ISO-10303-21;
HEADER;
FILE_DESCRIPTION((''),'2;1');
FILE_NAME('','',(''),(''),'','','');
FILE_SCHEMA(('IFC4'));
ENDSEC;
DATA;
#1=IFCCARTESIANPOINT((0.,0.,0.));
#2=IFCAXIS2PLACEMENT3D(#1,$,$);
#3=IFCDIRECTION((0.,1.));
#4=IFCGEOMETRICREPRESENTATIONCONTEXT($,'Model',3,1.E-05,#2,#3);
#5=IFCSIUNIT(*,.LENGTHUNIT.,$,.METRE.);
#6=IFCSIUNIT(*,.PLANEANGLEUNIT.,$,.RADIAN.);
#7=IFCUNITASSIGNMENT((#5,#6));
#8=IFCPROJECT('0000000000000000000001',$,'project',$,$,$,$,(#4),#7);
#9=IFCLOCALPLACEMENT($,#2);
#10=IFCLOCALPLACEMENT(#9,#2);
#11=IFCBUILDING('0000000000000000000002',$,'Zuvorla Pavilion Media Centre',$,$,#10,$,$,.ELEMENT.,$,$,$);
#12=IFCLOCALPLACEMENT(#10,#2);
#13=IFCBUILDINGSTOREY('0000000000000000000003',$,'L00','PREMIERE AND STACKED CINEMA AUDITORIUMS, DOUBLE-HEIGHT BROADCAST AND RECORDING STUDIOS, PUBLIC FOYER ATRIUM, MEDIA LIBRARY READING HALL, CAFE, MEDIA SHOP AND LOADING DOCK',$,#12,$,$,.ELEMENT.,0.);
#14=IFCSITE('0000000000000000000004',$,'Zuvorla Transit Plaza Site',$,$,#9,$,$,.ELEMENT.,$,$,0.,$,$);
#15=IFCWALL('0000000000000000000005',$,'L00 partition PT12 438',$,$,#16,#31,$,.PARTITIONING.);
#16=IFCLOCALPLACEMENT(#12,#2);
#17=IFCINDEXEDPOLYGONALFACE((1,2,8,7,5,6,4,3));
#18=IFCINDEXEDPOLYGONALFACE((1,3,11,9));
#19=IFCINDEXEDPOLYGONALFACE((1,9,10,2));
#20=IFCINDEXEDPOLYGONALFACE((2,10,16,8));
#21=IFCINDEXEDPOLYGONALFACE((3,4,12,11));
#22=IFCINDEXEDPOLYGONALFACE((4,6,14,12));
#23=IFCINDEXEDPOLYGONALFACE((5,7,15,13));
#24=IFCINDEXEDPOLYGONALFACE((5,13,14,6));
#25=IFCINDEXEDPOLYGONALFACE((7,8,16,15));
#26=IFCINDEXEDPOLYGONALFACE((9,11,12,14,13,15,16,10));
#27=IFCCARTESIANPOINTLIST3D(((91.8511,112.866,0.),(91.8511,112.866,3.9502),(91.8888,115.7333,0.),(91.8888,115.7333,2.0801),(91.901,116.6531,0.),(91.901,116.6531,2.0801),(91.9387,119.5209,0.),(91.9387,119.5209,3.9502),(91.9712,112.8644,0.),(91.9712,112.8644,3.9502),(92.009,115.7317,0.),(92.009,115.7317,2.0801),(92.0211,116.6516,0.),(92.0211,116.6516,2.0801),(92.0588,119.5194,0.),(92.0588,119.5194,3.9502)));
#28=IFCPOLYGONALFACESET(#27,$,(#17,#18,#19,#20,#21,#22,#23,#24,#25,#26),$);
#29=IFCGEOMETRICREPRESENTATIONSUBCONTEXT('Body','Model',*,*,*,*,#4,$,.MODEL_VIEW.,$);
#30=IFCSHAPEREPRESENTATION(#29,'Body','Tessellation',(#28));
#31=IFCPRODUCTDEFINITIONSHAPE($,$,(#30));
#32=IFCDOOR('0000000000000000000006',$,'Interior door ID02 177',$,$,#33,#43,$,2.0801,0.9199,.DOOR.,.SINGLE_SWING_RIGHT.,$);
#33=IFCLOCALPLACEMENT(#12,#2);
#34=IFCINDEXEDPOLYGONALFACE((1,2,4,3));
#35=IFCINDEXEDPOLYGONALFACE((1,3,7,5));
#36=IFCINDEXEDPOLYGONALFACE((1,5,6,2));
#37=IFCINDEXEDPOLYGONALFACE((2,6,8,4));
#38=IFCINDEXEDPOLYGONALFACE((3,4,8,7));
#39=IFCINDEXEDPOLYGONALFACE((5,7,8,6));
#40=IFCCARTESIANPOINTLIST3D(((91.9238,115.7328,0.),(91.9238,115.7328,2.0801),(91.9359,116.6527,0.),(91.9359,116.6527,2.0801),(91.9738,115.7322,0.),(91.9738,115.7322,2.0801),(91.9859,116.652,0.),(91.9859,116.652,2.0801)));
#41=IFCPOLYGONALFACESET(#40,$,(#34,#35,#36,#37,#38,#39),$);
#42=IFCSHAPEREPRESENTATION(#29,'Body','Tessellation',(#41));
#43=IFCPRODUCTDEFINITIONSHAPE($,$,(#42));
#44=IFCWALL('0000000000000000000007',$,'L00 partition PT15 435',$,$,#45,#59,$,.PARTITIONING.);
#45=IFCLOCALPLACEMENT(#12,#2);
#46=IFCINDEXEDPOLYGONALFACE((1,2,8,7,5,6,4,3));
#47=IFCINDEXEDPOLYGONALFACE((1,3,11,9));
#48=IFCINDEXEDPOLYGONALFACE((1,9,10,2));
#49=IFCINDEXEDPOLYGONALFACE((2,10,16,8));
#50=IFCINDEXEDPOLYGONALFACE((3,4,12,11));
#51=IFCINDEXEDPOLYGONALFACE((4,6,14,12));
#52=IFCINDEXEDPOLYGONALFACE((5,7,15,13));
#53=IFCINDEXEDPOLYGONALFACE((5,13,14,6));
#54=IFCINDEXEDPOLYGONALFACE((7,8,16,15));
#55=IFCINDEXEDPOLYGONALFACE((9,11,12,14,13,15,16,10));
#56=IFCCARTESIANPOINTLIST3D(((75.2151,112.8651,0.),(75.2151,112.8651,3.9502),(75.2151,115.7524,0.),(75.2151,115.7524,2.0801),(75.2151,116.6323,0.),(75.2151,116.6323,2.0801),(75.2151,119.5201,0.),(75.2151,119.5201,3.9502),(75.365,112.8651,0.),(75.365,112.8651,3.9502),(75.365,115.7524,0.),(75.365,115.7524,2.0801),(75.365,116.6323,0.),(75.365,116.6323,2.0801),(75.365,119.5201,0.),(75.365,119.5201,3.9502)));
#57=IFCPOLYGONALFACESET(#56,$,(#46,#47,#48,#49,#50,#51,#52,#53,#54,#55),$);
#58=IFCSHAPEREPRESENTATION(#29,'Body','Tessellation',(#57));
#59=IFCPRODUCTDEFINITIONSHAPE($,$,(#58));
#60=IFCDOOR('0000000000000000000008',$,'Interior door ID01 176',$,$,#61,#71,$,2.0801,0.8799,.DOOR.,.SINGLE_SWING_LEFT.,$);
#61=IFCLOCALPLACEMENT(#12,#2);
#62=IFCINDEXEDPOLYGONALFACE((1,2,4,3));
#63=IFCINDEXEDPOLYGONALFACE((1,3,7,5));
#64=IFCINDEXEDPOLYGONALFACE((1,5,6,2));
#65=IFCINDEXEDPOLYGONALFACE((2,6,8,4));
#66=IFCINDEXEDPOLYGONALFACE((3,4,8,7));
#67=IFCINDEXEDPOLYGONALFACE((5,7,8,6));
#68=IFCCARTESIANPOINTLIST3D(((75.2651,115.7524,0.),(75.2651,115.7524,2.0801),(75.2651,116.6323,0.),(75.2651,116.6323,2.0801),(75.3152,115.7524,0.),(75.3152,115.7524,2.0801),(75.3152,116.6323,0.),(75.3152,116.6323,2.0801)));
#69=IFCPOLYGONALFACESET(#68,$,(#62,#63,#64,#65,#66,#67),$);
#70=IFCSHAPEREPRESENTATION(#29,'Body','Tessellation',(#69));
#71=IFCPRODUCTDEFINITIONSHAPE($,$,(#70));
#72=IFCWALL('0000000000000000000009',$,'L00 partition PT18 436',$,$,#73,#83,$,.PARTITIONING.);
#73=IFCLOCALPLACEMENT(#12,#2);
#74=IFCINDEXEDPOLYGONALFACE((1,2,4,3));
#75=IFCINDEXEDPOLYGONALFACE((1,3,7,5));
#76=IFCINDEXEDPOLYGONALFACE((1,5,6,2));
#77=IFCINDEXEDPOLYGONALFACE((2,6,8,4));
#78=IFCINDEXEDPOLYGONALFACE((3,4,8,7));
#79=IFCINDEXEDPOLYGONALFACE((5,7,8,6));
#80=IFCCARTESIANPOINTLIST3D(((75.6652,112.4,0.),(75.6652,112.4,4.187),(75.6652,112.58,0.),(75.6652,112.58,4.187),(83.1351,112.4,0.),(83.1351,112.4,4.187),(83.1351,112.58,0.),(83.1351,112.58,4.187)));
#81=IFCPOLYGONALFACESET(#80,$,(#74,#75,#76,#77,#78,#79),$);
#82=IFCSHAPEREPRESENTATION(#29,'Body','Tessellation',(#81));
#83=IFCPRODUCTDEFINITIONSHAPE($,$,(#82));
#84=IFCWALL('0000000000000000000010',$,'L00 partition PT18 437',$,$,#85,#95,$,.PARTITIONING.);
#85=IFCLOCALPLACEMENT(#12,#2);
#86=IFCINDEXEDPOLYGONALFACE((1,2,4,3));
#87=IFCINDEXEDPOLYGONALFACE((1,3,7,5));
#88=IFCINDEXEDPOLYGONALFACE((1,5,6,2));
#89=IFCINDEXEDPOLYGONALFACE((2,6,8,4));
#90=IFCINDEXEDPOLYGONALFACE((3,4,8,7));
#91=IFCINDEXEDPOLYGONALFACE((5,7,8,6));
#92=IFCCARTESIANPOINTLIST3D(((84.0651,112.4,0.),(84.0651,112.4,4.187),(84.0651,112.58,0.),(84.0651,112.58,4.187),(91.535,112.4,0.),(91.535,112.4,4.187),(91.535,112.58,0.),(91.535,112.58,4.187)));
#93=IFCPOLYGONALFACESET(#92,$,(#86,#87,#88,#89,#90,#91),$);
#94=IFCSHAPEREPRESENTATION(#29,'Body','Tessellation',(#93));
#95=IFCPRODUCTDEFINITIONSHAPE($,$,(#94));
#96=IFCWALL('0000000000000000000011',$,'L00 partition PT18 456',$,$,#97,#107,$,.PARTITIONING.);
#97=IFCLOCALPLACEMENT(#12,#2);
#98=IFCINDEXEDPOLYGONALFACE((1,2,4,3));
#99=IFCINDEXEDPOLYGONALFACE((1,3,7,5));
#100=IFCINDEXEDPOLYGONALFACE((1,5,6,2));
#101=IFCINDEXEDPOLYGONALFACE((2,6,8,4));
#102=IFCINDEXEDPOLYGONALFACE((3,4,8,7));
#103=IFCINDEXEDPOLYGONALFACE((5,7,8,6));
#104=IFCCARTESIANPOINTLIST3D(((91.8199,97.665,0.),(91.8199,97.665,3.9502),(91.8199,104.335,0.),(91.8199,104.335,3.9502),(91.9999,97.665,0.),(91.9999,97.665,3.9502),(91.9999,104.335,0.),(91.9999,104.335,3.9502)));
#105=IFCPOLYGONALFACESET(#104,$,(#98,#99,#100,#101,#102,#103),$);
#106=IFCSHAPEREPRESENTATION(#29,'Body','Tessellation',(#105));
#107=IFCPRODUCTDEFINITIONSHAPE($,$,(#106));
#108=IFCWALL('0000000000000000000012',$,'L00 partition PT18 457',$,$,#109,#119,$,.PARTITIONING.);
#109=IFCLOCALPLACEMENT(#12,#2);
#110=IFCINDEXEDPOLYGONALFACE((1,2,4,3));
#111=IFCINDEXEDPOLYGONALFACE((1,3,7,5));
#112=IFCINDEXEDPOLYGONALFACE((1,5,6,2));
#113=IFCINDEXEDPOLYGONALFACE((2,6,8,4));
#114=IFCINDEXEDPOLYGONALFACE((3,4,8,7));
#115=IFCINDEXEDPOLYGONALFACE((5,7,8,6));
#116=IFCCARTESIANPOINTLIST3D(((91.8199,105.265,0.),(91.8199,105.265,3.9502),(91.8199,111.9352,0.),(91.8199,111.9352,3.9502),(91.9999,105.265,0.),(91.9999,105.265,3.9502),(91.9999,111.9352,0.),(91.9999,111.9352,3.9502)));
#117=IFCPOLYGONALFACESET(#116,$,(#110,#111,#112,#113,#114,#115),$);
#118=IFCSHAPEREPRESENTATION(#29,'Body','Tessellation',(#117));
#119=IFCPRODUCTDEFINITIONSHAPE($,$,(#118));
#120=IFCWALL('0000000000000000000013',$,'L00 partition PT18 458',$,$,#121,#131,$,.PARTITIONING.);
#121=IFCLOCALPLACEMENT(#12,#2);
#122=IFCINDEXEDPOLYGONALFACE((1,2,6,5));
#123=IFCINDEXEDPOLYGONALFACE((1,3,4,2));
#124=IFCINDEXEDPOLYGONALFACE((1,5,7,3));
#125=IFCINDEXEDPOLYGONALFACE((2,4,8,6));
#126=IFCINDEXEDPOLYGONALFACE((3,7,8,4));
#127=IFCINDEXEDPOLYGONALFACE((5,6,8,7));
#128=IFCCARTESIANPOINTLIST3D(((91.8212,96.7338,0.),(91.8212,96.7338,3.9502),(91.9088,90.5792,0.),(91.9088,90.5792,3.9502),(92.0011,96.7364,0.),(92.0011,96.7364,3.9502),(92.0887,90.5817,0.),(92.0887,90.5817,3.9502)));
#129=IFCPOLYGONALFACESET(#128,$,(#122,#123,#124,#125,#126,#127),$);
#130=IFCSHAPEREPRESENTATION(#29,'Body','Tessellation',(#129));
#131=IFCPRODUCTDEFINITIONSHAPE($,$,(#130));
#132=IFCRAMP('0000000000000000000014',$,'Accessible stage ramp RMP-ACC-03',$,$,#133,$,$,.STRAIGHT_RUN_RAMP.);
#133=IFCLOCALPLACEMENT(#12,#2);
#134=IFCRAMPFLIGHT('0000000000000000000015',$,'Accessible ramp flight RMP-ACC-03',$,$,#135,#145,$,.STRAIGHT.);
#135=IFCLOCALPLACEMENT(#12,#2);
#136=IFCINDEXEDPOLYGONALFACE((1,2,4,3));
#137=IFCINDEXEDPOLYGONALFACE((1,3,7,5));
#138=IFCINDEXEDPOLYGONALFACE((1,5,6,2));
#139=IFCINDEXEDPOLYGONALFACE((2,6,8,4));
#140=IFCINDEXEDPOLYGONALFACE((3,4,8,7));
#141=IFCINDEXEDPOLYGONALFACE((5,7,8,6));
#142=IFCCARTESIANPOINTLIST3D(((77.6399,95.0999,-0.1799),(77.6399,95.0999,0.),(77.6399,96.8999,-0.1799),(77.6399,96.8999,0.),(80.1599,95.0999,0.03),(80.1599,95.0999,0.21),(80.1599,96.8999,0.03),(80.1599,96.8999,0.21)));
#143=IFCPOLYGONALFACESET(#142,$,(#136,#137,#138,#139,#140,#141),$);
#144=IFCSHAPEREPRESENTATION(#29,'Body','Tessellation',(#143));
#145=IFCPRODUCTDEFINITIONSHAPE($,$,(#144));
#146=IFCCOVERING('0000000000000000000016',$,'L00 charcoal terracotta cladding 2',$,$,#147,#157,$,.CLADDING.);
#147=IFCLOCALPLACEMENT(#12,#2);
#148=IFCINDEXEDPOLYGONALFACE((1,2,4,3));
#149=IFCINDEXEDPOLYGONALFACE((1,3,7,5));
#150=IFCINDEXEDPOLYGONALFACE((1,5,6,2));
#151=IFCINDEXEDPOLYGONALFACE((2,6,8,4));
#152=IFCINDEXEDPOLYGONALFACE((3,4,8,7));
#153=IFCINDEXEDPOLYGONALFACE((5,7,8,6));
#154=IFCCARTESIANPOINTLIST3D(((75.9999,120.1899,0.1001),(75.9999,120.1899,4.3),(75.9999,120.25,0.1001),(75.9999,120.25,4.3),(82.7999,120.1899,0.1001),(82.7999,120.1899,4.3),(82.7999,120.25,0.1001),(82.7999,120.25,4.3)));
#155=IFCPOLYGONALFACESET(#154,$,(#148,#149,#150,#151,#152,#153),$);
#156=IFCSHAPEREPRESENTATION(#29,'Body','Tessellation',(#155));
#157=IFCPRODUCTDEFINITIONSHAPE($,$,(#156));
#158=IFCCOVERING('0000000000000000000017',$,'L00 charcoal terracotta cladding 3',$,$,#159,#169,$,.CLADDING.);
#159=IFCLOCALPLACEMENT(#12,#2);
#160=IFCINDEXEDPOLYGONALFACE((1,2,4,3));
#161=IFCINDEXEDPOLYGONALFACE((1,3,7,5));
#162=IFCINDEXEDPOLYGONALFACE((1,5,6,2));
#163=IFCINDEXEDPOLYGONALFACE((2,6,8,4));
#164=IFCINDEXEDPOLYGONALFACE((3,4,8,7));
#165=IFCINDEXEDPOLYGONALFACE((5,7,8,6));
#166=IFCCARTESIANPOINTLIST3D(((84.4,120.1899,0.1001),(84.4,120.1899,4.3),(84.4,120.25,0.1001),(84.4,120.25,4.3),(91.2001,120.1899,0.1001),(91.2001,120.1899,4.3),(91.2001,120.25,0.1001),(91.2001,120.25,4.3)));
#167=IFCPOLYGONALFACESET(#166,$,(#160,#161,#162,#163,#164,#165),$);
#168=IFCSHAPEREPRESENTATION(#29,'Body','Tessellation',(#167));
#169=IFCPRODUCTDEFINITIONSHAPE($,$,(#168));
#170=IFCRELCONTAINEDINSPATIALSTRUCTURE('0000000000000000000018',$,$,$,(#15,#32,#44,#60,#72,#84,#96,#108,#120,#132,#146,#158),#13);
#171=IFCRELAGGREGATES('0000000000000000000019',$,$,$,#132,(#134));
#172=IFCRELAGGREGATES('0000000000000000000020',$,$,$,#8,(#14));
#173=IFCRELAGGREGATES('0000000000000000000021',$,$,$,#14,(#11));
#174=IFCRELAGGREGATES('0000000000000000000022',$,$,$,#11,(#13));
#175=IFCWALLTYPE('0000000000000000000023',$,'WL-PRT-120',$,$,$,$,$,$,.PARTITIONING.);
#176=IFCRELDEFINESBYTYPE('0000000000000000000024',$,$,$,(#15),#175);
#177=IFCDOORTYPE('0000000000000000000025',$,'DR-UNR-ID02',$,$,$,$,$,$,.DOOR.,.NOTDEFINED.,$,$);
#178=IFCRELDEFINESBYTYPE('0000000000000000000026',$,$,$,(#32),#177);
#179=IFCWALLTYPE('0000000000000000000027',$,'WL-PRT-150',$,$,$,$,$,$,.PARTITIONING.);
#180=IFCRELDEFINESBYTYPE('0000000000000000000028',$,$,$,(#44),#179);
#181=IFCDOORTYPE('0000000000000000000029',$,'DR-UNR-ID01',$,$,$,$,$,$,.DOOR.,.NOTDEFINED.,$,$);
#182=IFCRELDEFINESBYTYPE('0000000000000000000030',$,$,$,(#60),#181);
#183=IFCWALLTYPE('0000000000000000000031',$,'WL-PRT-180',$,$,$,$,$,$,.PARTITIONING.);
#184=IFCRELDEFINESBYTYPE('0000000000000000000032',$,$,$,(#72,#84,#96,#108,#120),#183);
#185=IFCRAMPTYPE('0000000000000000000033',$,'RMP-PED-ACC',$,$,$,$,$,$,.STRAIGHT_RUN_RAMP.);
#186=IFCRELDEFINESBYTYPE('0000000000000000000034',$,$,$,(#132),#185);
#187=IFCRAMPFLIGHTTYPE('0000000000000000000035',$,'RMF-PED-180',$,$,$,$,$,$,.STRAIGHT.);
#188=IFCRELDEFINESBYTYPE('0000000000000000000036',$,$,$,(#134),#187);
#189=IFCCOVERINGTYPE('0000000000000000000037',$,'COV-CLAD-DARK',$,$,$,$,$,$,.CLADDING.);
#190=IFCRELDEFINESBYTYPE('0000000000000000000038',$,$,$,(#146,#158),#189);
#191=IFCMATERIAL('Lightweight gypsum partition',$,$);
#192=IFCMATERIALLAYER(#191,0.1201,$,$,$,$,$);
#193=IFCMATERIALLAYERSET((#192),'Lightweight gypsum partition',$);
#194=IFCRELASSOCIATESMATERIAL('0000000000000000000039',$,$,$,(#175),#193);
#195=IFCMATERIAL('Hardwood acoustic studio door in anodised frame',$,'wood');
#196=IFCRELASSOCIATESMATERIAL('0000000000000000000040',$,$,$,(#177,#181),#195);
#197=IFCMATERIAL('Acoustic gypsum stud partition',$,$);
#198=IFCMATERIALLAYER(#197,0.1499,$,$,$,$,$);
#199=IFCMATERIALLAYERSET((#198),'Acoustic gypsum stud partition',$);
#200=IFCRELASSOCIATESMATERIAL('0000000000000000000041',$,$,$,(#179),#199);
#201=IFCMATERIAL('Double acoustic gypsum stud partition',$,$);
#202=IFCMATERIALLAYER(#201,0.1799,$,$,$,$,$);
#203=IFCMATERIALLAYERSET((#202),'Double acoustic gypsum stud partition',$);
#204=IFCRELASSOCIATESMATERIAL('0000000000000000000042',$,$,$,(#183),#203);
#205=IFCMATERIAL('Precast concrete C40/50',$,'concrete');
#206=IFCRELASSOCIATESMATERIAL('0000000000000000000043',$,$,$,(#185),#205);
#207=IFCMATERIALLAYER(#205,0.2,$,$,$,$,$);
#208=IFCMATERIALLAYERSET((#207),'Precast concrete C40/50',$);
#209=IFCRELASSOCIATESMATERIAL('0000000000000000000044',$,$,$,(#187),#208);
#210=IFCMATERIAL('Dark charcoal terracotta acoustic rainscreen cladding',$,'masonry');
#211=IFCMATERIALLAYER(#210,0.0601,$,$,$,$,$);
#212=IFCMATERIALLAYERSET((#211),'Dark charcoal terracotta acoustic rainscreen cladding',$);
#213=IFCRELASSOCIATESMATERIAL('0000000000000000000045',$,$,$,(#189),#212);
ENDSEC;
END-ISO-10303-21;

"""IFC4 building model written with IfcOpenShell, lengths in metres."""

from ifc_helpers import new_model, si_unit, direction, frame, frame_2d, origin, origin_2d, place, context, subcontext, project, spatial, polyline, rectangle, outline, extrude, material, layer, layer_set, type_object, element, fill, aggregate, save


model = new_model("IFC4")

# Units and contexts
model_context = context("Model", 3, precision=1e-05, world=origin(), true_north=direction((0.0, 1.0)))
body_context = subcontext(model_context, "Body", "Model", "MODEL_VIEW")
ifc_project = project(units=[si_unit("LENGTHUNIT", "METRE"), si_unit("PLANEANGLEUNIT", "RADIAN")], contexts=[model_context])

# Site, building, storey
site_placement = place(None, origin())
site = spatial("IfcSite", under=ifc_project, at=site_placement, Name="Zuvorla Transit Plaza Site", CompositionType="ELEMENT", RefElevation=0.0)
building_placement = place(site_placement, origin())
building = spatial("IfcBuilding", under=site, at=building_placement, Name="Zuvorla Pavilion Media Centre", CompositionType="ELEMENT")
storey_placement = place(building_placement, origin())
storey = spatial("IfcBuildingStorey", under=building, at=storey_placement, Name="L00", Description="PREMIERE AND STACKED CINEMA AUDITORIUMS, DOUBLE-HEIGHT BROADCAST AND RECORDING STUDIOS, PUBLIC FOYER ATRIUM, MEDIA LIBRARY READING HALL, CAFE, MEDIA SHOP AND LOADING DOCK", CompositionType="ELEMENT", Elevation=0.0)

# Walls, openings, doors
ifc_material_1 = material(Name="Lightweight gypsum partition")
ifc_layer_1 = layer(ifc_material_1, 0.1201)
ifc_layer_set_1 = layer_set([ifc_layer_1], Name="Lightweight gypsum partition")
wall_type_1 = type_object("IfcWallType", Name="WL-PRT-120", PredefinedType="PARTITIONING", material=ifc_layer_set_1)
wall_1_placement = place(storey_placement, frame((91.9988, 119.52, 0.0), z_axis=(0.0, 0.0, 1.0), x_axis=(-0.013169, -0.999913, 0.0)))
wall_1 = element("IfcWall", 1, at=wall_1_placement, inside=storey, type_object=wall_type_1, Name="L00 partition PT12 438", PredefinedType="PARTITIONING", context=body_context, shape_type="SweptSolid", body=[
    extrude(rectangle(XDim=6.6555, YDim=0.1201, at=frame_2d((3.3276, 0.0))), origin(), (0.0, 0.0, 1.0), 3.9502),
])
opening_1_placement = place(wall_1_placement, frame((2.8679, 0.0, 0.0)))
opening_1 = element("IfcOpeningElement", 2, at=opening_1_placement, cuts=wall_1, PredefinedType="OPENING", context=body_context, shape_type="SweptSolid", body=[
    extrude(rectangle(XDim=0.9199, YDim=2.0801, at=frame_2d((0.46, 1.04))), frame((0.0, 0.0701, 0.0), z_axis=(0.0, -1.0, 0.0), x_axis=(1.0, 0.0, 0.0)), (0.0, 0.0, 1.0), 0.1401),
])
ifc_material_2 = material(Name="Hardwood acoustic studio door in anodised frame", Category="wood")
door_type_1 = type_object("IfcDoorType", Name="DR-UNR-ID02", OperationType="NOTDEFINED", PredefinedType="DOOR", material=ifc_material_2)
door_1_placement = place(opening_1_placement, origin())
door_1 = element("IfcDoor", 3, at=door_1_placement, inside=storey, type_object=door_type_1, Name="Interior door ID02 177", OperationType="SINGLE_SWING_RIGHT", OverallHeight=2.0801, OverallWidth=0.9199, PredefinedType="DOOR", context=body_context, shape_type="SweptSolid", body=[
    extrude(rectangle(XDim=0.9199, YDim=2.0801, at=frame_2d((0.46, 1.04))), frame((0.0, 0.0249, 0.0), z_axis=(0.0, -1.0, 0.0), x_axis=(1.0, 0.0, 0.0)), (0.0, 0.0, 1.0), 0.05),
])
fill(opening_1, door_1)
ifc_material_3 = material(Name="Acoustic gypsum stud partition")
ifc_layer_2 = layer(ifc_material_3, 0.1499)
ifc_layer_set_2 = layer_set([ifc_layer_2], Name="Acoustic gypsum stud partition")
wall_type_2 = type_object("IfcWallType", Name="WL-PRT-150", PredefinedType="PARTITIONING", material=ifc_layer_set_2)
wall_2_placement = place(storey_placement, frame((75.29, 112.865, 0.0), z_axis=(0.0, 0.0, 1.0), x_axis=(0.0, 1.0, 0.0)))
wall_2 = element("IfcWall", 4, at=wall_2_placement, inside=storey, type_object=wall_type_2, Name="L00 partition PT15 435", PredefinedType="PARTITIONING", context=body_context, shape_type="SweptSolid", body=[
    extrude(rectangle(XDim=6.655, YDim=0.1499, at=frame_2d((3.3276, 0.0))), origin(), (0.0, 0.0, 1.0), 3.9502),
])
opening_2_placement = place(wall_2_placement, frame((2.8875, 0.0, 0.0)))
opening_2 = element("IfcOpeningElement", 5, at=opening_2_placement, cuts=wall_2, PredefinedType="OPENING", context=body_context, shape_type="SweptSolid", body=[
    extrude(rectangle(XDim=0.8799, YDim=2.0801, at=frame_2d((0.4399, 1.04))), frame((0.0, 0.085, 0.0), z_axis=(0.0, -1.0, 0.0), x_axis=(1.0, 0.0, 0.0)), (0.0, 0.0, 1.0), 0.1699),
])
door_type_2 = type_object("IfcDoorType", Name="DR-UNR-ID01", OperationType="NOTDEFINED", PredefinedType="DOOR", material=ifc_material_2)
door_2_placement = place(opening_2_placement, origin())
door_2 = element("IfcDoor", 6, at=door_2_placement, inside=storey, type_object=door_type_2, Name="Interior door ID01 176", OperationType="SINGLE_SWING_LEFT", OverallHeight=2.0801, OverallWidth=0.8799, PredefinedType="DOOR", context=body_context, shape_type="SweptSolid", body=[
    extrude(rectangle(XDim=0.8799, YDim=2.0801, at=frame_2d((0.4399, 1.04))), frame((0.0, 0.0249, 0.0), z_axis=(0.0, -1.0, 0.0), x_axis=(1.0, 0.0, 0.0)), (0.0, 0.0, 1.0), 0.05),
])
fill(opening_2, door_2)

# Walls
ifc_material_4 = material(Name="Double acoustic gypsum stud partition")
ifc_layer_3 = layer(ifc_material_4, 0.1799)
ifc_layer_set_3 = layer_set([ifc_layer_3], Name="Double acoustic gypsum stud partition")
wall_type_3 = type_object("IfcWallType", Name="WL-PRT-180", PredefinedType="PARTITIONING", material=ifc_layer_set_3)
for number, where, z_axis, x_axis, name in (
    (7, (83.135, 112.49, 0.0), (0.0, 0.0, 1.0), (-1.0, 0.0, 0.0), "L00 partition PT18 436"),
    (8, (91.5349, 112.49, 0.0), (0.0, 0.0, 1.0), (-1.0, 0.0, 0.0), "L00 partition PT18 437"),
):
    element("IfcWall", number, at=place(storey_placement, frame(where, z_axis=z_axis, x_axis=x_axis)), inside=storey, type_object=wall_type_3, Name=name, PredefinedType="PARTITIONING", context=body_context, shape_type="SweptSolid", body=[
        extrude(rectangle(XDim=7.47, YDim=0.1799, at=frame_2d((3.7349, 0.0))), origin(), (0.0, 0.0, 1.0), 4.187),
    ])
wall_3_placement = place(storey_placement, frame((91.9099, 104.335, 0.0), z_axis=(0.0, 0.0, 1.0), x_axis=(0.0, -1.0, 0.0)))
element("IfcWall", 9, at=wall_3_placement, inside=storey, type_object=wall_type_3, Name="L00 partition PT18 456", PredefinedType="PARTITIONING", context=body_context, shape_type="SweptSolid", body=[
    extrude(rectangle(XDim=6.6699, YDim=0.1799, at=frame_2d((3.335, 0.0))), origin(), (0.0, 0.0, 1.0), 3.9502),
])
wall_4_placement = place(storey_placement, frame((91.9099, 111.9351, 0.0), z_axis=(0.0, 0.0, 1.0), x_axis=(0.0, -1.0, 0.0)))
element("IfcWall", 10, at=wall_4_placement, inside=storey, type_object=wall_type_3, Name="L00 partition PT18 457", PredefinedType="PARTITIONING", context=body_context, shape_type="SweptSolid", body=[
    extrude(rectangle(XDim=6.6702, YDim=0.1799, at=frame_2d((3.335, 0.0))), origin(), (0.0, 0.0, 1.0), 3.9502),
])
wall_5_placement = place(storey_placement, frame((91.9111, 96.7351, 0.0), z_axis=(0.0, 0.0, 1.0), x_axis=(0.01424, -0.999899, 0.0)))
element("IfcWall", 11, at=wall_5_placement, inside=storey, type_object=wall_type_3, Name="L00 partition PT18 458", PredefinedType="PARTITIONING", context=body_context, shape_type="SweptSolid", body=[
    extrude(rectangle(XDim=6.1553, YDim=0.1799, at=frame_2d((3.0776, 0.0))), origin(), (0.0, 0.0, 1.0), 3.9502),
])

# Ramp, ramp flight
ifc_material_5 = material(Name="Precast concrete C40/50", Category="concrete")
ramp_type = type_object("IfcRampType", Name="RMP-PED-ACC", PredefinedType="STRAIGHT_RUN_RAMP", material=ifc_material_5)
ramp_placement = place(storey_placement, origin())
ramp = element("IfcRamp", 12, at=ramp_placement, inside=storey, type_object=ramp_type, Name="Accessible stage ramp RMP-ACC-03", PredefinedType="STRAIGHT_RUN_RAMP")
ifc_layer_4 = layer(ifc_material_5, 0.2)
ifc_layer_set_4 = layer_set([ifc_layer_4], Name="Precast concrete C40/50")
ramp_flight_type = type_object("IfcRampFlightType", Name="RMF-PED-180", PredefinedType="STRAIGHT", material=ifc_layer_set_4)
ramp_flight_placement = place(storey_placement, frame((77.6399, 96.0, 0.0), z_axis=(0.0, 0.0, 1.0), x_axis=(1.0, 0.0, 0.0)))
ramp_flight = element("IfcRampFlight", 13, at=ramp_flight_placement, type_object=ramp_flight_type, Name="Accessible ramp flight RMP-ACC-03", PredefinedType="STRAIGHT", context=body_context, shape_type="SweptSolid", body=[
    extrude(outline(polyline([(0.0, 0.0), (2.52, 0.21), (2.52, 0.03), (0.0, -0.1799), (0.0, 0.0)])), frame((0.0, 0.8999, 0.0), z_axis=(0.0, -1.0, 0.0), x_axis=(1.0, 0.0, 0.0)), (0.0, 0.0, 1.0), 1.8),
])
aggregate(ramp, [ramp_flight])

# Coverings
ifc_material_6 = material(Name="Dark charcoal terracotta acoustic rainscreen cladding", Category="masonry")
ifc_layer_5 = layer(ifc_material_6, 0.0601)
ifc_layer_set_5 = layer_set([ifc_layer_5], Name="Dark charcoal terracotta acoustic rainscreen cladding")
covering_type = type_object("IfcCoveringType", Name="COV-CLAD-DARK", PredefinedType="CLADDING", material=ifc_layer_set_5)
for number, where, z_axis, x_axis, name in (
    (14, (79.3999, 120.22, 0.1001), (0.0, 0.0, 1.0), (1.0, 0.0, 0.0), "L00 charcoal terracotta cladding 2"),
    (15, (87.8, 120.22, 0.1001), (0.0, 0.0, 1.0), (1.0, 0.0, 0.0), "L00 charcoal terracotta cladding 3"),
):
    element("IfcCovering", number, at=place(storey_placement, frame(where, z_axis=z_axis, x_axis=x_axis)), inside=storey, type_object=covering_type, Name=name, PredefinedType="CLADDING", context=body_context, shape_type="SweptSolid", body=[
        extrude(rectangle(XDim=6.8, YDim=0.0601, at=origin_2d()), origin(), (0.0, 0.0, 1.0), 4.2),
    ])

save(model, "model.ifc")
